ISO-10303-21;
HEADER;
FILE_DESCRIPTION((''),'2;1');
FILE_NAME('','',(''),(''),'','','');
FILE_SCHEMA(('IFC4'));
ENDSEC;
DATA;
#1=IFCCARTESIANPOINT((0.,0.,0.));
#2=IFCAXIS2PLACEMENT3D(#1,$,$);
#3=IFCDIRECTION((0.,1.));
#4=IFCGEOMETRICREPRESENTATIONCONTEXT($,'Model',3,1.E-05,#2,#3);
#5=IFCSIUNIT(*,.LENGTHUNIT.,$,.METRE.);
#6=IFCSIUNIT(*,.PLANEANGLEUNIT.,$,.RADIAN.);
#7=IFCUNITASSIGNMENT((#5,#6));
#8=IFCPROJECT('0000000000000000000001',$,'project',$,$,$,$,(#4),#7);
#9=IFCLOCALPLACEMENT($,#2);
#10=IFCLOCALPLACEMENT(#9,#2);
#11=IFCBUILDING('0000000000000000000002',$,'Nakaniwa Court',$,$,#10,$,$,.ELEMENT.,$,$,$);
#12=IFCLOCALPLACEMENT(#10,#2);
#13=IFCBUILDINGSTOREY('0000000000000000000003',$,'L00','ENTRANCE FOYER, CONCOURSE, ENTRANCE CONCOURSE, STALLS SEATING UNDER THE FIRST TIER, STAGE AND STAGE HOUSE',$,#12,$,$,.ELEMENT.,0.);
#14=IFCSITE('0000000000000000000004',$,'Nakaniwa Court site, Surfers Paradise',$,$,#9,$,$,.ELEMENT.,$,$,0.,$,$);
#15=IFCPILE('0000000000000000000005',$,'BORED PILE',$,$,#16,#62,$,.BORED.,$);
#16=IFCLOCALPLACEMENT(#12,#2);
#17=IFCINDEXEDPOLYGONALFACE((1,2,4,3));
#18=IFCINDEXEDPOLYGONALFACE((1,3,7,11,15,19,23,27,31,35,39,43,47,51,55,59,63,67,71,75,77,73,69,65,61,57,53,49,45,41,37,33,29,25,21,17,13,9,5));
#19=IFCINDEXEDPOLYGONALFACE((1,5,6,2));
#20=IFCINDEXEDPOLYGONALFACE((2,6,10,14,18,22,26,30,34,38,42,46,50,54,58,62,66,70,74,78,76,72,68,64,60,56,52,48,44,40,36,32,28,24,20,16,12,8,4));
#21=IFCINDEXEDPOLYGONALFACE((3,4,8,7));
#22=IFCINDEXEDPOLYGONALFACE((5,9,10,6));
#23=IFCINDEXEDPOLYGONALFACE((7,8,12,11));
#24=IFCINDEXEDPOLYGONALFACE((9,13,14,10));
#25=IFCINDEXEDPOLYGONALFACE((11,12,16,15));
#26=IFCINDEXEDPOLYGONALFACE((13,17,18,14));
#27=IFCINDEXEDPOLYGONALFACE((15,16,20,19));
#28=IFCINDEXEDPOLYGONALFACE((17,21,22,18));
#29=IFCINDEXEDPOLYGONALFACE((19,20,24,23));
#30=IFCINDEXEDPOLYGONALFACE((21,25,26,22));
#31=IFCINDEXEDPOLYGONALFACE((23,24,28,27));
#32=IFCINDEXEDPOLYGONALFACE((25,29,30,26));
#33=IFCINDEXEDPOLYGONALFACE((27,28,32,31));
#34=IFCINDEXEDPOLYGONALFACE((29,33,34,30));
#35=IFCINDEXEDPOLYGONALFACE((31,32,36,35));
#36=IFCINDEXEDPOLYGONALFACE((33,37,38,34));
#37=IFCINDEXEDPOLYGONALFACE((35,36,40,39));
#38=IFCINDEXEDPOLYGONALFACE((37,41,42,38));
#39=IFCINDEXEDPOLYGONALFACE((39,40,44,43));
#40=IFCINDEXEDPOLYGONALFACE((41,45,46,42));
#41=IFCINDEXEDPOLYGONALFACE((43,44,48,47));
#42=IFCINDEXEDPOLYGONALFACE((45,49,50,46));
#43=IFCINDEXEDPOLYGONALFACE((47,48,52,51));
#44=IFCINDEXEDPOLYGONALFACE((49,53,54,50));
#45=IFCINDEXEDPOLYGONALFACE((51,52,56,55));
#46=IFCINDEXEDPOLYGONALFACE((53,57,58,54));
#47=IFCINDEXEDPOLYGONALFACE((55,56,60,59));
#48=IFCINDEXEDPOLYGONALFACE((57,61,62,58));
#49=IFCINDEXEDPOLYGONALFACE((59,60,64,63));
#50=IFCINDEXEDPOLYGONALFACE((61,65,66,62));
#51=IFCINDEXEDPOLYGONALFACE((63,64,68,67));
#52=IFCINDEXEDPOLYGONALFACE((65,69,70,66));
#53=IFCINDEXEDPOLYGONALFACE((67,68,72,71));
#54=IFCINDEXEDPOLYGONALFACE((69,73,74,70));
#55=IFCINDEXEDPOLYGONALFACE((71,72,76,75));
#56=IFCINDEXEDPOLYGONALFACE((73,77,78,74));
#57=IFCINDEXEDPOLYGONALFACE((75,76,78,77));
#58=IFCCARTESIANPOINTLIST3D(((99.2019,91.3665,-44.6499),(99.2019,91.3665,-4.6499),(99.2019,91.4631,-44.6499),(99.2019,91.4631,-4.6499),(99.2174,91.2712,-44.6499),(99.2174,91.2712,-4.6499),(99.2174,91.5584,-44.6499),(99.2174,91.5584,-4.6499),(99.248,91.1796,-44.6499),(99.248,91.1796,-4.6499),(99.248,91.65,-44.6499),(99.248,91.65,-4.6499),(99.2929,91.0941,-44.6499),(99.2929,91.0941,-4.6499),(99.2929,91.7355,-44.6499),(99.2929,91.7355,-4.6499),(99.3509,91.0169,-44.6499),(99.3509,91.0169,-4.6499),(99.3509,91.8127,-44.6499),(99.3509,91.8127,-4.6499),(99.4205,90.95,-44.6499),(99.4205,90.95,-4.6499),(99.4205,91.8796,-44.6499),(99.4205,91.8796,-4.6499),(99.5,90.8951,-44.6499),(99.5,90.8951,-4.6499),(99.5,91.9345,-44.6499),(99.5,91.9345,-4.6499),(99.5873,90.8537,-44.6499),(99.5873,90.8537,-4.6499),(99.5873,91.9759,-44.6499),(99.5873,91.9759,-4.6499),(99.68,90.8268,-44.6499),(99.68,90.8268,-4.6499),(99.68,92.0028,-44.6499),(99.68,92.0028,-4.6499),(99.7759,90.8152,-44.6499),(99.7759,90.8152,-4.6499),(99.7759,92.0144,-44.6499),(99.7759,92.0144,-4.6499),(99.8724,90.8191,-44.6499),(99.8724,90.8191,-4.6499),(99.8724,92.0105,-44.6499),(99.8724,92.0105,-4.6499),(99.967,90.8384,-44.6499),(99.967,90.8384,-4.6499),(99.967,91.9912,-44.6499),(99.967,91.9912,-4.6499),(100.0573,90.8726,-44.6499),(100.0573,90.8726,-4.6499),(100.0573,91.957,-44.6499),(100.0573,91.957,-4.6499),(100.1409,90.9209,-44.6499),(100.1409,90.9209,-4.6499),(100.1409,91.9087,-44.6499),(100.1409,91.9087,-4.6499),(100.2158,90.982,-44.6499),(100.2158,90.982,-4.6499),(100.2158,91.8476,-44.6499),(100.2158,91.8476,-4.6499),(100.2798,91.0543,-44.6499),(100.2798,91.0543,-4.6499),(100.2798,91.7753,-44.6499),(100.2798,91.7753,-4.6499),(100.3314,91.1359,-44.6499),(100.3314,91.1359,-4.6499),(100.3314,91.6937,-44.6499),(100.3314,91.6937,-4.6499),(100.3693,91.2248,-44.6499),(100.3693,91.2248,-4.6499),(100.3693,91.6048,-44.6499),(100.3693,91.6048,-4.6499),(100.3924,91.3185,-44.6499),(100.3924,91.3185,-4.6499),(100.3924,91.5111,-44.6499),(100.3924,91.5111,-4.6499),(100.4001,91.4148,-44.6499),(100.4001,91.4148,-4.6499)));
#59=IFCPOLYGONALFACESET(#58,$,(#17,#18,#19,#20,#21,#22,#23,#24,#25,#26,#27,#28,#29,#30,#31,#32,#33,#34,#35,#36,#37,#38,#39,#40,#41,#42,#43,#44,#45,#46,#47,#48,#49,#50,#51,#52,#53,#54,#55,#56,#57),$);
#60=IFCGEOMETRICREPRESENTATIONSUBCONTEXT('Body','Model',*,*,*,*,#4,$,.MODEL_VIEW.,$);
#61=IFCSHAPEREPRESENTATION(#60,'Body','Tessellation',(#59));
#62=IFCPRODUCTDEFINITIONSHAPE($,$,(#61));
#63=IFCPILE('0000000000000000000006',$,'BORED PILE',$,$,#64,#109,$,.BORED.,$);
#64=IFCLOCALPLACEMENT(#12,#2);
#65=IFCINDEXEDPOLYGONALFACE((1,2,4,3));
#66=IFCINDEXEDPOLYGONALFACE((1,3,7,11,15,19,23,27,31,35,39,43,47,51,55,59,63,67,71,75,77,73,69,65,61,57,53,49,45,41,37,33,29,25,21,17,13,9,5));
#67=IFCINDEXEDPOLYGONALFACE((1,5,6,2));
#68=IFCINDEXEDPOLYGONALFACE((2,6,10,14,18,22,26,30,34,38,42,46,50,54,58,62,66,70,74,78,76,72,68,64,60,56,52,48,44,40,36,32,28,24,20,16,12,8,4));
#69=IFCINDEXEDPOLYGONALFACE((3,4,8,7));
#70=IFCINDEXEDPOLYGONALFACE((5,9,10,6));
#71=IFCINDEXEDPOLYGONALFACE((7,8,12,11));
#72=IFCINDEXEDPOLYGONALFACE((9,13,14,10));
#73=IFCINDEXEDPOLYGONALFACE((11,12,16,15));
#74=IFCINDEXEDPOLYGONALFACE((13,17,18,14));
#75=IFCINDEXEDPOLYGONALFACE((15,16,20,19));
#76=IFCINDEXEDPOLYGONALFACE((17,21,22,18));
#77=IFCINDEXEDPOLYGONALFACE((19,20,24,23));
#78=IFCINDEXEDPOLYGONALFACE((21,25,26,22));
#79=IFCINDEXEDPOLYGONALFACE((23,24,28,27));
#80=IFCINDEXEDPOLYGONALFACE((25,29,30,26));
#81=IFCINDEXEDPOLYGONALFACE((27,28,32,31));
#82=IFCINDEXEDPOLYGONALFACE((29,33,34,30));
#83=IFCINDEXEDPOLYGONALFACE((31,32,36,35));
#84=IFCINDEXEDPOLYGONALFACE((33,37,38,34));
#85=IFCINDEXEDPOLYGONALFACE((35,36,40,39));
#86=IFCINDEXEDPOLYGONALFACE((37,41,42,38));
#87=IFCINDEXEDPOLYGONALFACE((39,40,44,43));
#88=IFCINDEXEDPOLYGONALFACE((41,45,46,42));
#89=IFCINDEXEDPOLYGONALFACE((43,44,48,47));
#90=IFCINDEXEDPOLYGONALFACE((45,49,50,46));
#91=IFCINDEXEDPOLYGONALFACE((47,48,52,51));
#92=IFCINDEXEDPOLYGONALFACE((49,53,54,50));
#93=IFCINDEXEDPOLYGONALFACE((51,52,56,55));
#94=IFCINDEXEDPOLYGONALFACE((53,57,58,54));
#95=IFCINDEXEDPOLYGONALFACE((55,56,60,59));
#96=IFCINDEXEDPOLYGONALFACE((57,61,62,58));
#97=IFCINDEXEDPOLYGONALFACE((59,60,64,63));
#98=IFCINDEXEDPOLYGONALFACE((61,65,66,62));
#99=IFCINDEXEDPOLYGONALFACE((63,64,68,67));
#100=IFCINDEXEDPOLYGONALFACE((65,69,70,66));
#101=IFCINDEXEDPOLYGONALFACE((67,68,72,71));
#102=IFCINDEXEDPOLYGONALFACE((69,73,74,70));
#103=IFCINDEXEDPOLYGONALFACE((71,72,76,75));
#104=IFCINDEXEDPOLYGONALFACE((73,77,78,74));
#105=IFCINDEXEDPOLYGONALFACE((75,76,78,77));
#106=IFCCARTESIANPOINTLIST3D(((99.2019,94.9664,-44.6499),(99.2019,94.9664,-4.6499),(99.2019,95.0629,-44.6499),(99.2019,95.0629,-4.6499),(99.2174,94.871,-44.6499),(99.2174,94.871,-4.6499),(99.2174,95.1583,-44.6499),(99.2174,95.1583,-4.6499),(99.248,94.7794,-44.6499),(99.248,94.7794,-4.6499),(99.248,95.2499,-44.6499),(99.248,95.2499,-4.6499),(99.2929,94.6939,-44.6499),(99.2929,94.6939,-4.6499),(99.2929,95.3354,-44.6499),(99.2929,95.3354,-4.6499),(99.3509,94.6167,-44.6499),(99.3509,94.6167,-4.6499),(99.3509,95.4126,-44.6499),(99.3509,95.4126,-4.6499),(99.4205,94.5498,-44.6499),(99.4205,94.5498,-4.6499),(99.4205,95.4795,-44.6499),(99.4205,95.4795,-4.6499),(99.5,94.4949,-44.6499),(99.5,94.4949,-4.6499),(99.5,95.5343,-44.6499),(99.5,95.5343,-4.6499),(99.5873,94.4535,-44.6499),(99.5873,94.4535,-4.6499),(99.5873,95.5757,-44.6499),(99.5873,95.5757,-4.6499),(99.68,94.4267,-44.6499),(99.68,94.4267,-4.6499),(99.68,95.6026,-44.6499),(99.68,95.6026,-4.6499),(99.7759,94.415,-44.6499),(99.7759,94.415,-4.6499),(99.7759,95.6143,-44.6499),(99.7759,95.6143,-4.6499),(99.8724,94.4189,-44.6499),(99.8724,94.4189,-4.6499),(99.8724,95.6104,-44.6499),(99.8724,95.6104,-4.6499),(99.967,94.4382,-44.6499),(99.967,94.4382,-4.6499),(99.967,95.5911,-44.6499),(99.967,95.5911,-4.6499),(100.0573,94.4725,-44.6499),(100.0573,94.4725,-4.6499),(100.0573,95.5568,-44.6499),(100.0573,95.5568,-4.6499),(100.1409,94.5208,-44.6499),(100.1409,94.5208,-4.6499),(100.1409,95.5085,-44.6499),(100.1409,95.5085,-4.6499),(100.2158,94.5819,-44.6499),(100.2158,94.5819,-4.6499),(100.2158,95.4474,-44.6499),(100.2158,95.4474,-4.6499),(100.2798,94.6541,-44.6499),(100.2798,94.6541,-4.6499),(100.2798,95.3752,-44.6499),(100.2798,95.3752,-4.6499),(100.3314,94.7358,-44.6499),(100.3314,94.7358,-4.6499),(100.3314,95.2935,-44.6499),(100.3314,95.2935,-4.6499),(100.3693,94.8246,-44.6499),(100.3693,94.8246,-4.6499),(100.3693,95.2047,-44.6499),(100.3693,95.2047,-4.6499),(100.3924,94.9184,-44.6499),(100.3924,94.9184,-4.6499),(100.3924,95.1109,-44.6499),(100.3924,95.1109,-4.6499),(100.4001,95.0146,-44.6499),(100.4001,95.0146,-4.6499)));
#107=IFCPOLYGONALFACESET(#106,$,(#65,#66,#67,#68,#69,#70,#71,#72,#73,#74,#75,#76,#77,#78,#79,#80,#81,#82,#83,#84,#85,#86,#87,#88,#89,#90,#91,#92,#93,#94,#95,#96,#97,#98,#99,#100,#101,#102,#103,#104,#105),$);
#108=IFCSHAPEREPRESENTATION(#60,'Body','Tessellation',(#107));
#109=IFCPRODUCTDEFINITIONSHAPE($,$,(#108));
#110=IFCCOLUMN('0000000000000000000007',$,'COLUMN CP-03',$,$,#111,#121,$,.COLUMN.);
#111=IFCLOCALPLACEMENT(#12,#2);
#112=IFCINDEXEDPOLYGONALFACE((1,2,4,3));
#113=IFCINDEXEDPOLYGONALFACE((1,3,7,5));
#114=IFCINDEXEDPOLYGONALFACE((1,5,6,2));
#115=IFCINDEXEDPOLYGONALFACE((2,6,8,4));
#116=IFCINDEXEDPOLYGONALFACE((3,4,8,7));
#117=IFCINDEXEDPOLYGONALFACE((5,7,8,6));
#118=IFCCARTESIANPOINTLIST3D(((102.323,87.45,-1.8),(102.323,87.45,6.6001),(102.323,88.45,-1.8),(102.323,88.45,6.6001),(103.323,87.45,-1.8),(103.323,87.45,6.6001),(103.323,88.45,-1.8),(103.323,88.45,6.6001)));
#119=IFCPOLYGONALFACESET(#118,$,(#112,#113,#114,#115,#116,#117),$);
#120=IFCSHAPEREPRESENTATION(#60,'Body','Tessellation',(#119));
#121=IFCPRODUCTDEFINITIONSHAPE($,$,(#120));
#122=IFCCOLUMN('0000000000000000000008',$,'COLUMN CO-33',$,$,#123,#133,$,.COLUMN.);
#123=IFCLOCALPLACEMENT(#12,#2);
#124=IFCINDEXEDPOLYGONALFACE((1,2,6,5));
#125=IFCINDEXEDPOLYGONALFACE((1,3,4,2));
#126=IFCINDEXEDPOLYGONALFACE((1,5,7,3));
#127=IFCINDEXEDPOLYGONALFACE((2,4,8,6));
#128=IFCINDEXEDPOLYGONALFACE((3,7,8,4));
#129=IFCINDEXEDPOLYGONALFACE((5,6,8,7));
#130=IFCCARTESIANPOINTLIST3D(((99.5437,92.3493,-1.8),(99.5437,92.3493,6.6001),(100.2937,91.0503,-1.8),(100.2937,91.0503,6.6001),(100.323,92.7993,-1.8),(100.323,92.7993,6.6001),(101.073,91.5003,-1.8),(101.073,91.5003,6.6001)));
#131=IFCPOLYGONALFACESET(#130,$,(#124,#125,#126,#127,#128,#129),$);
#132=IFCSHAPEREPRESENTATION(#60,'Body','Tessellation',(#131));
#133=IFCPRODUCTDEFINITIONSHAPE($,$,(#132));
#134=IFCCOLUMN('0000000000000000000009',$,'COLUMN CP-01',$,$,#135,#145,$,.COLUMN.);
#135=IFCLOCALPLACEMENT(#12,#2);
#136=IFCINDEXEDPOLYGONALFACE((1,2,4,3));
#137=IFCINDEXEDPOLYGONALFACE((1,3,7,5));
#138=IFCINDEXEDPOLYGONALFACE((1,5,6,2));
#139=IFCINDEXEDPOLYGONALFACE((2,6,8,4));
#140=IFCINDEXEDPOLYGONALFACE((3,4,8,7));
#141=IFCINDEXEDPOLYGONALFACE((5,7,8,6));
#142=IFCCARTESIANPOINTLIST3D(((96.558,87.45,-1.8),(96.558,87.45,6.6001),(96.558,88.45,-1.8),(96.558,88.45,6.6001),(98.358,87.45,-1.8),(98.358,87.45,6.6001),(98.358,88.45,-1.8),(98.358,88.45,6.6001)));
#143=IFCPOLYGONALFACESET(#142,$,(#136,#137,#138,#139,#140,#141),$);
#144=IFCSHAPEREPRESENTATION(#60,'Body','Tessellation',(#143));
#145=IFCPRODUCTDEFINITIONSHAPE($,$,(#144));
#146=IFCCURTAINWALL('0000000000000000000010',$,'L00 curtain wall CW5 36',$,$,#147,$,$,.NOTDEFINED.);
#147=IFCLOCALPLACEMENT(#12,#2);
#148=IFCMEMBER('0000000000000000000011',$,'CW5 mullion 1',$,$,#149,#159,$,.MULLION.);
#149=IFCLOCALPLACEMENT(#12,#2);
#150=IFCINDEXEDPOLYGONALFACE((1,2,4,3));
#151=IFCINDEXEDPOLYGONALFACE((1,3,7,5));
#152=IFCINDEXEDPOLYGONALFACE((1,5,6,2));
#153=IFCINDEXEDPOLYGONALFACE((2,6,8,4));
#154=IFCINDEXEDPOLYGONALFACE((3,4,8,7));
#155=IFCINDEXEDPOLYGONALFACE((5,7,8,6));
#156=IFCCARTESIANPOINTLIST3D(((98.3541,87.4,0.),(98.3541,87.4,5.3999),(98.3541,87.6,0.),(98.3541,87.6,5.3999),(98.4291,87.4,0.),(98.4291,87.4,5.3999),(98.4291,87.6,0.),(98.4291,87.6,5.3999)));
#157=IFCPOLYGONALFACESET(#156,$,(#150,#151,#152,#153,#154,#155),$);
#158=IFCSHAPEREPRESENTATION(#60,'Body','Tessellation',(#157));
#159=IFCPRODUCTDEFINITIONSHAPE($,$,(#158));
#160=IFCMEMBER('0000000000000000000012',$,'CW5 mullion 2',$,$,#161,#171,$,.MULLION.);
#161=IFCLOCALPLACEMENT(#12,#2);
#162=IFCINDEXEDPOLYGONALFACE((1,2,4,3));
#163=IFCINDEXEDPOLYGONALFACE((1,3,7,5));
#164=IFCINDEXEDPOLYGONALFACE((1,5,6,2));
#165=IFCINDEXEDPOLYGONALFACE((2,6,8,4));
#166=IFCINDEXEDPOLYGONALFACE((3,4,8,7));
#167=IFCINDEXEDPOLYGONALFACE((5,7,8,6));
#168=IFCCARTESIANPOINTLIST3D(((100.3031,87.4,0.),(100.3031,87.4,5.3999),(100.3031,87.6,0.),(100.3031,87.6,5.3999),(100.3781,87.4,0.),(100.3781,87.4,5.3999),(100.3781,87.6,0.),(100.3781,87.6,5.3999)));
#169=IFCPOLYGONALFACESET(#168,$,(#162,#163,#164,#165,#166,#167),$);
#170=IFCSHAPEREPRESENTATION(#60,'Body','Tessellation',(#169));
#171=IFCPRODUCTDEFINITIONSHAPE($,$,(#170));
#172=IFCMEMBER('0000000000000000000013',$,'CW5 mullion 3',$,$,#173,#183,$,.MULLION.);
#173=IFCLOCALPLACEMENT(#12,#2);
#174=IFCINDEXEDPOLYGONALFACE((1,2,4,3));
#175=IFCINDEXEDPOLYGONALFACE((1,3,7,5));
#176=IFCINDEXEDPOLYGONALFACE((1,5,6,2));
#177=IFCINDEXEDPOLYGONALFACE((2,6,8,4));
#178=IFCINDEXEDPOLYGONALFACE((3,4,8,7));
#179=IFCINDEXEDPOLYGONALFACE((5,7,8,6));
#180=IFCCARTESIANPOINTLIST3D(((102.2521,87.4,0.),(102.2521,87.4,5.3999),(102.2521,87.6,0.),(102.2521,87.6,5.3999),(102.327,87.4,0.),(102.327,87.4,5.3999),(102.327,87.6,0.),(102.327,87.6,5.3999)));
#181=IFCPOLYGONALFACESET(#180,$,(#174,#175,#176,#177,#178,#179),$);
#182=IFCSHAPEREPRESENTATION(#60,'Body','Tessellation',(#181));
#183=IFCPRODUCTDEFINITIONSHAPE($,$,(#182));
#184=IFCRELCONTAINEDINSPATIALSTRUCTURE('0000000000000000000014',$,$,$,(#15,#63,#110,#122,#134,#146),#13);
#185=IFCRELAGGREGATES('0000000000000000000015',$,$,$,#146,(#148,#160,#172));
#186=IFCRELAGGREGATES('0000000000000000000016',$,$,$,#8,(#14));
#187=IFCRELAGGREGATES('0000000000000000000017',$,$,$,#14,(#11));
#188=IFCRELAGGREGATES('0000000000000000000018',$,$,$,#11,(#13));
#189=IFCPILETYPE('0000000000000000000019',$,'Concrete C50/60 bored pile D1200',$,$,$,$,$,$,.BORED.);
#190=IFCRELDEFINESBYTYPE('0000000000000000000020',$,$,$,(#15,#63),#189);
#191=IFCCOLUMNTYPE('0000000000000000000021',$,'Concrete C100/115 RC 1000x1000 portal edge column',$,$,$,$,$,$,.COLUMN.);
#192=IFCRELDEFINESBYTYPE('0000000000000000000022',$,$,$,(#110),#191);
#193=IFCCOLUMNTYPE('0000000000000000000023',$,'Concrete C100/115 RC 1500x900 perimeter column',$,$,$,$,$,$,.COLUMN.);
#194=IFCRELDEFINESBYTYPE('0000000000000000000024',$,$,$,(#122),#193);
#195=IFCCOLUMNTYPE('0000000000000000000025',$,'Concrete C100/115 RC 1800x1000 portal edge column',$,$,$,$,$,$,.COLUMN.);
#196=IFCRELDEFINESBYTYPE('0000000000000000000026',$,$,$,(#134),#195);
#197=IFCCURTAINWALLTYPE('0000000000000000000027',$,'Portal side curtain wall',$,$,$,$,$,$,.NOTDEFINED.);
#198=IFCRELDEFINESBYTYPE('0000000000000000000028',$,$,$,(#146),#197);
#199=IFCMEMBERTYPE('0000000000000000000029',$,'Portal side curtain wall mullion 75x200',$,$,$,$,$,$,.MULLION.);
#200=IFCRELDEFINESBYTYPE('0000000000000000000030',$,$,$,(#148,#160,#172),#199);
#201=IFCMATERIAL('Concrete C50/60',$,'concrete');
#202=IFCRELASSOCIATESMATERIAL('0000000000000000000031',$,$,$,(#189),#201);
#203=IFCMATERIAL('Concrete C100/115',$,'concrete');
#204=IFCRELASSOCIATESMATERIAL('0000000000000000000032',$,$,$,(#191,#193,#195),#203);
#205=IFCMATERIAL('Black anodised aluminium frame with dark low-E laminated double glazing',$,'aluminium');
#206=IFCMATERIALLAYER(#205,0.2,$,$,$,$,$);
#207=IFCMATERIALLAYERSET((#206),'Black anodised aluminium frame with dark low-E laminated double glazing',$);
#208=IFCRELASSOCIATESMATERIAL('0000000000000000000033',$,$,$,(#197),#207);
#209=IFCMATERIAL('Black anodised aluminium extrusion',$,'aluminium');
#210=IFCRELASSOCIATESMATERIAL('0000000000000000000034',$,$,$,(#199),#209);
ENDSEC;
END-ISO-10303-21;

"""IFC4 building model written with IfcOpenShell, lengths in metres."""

from ifc_helpers import new_model, si_unit, direction, frame, origin, origin_2d, place, context, subcontext, project, spatial, rectangle, circle, extrude, material, layer, layer_set, material_profile, profile_set, type_object, element, aggregate, save


model = new_model("IFC4")

# Units and contexts
model_context = context("Model", 3, precision=1e-05, world=origin(), true_north=direction((0.0, 1.0)))
body_context = subcontext(model_context, "Body", "Model", "MODEL_VIEW")
ifc_project = project(units=[si_unit("LENGTHUNIT", "METRE"), si_unit("PLANEANGLEUNIT", "RADIAN")], contexts=[model_context])

# Site, building, storey
site_placement = place(None, origin())
site = spatial("IfcSite", under=ifc_project, at=site_placement, Name="Nakaniwa Court site, Surfers Paradise", CompositionType="ELEMENT", RefElevation=0.0)
building_placement = place(site_placement, origin())
building = spatial("IfcBuilding", under=site, at=building_placement, Name="Nakaniwa Court", CompositionType="ELEMENT")
storey_placement = place(building_placement, origin())
storey = spatial("IfcBuildingStorey", under=building, at=storey_placement, Name="L00", Description="ENTRANCE FOYER, CONCOURSE, ENTRANCE CONCOURSE, STALLS SEATING UNDER THE FIRST TIER, STAGE AND STAGE HOUSE", CompositionType="ELEMENT", Elevation=0.0)

# Piles
ifc_material_1 = material(Name="Concrete C50/60", Category="concrete")
ifc_material_profile_1 = material_profile(ifc_material_1, circle(Radius=0.6001, at=origin_2d()), Name="Concrete C50/60 bored pile D1200")
ifc_profile_set_1 = profile_set([ifc_material_profile_1], Name="Concrete C50/60")
pile_type = type_object("IfcPileType", Name="Concrete C50/60 bored pile D1200", PredefinedType="BORED", material=ifc_profile_set_1)
for number, where, z_axis, x_axis, name in (
    (1, (99.8, 91.4148, -4.6499), (0.0, 0.0, -1.0), (1.0, 0.0, 0.0), "BORED PILE"),
    (2, (99.8, 95.0146, -4.6499), (0.0, 0.0, -1.0), (1.0, 0.0, 0.0), "BORED PILE"),
):
    element("IfcPile", number, at=place(storey_placement, frame(where, z_axis=z_axis, x_axis=x_axis)), inside=storey, type_object=pile_type, Name=name, PredefinedType="BORED", context=body_context, shape_type="SweptSolid", body=[
        extrude(circle(Radius=0.6001, at=origin_2d()), origin(), (0.0, 0.0, 1.0), 40.0),
    ])

# Columns
ifc_material_2 = material(Name="Concrete C100/115", Category="concrete")
ifc_material_profile_2 = material_profile(ifc_material_2, rectangle(XDim=1.0, YDim=1.0, at=origin_2d()), Name="Concrete C100/115 RC 1000x1000 portal edge column")
ifc_profile_set_2 = profile_set([ifc_material_profile_2], Name="Concrete C100/115")
column_type_1 = type_object("IfcColumnType", Name="Concrete C100/115 RC 1000x1000 portal edge column", PredefinedType="COLUMN", material=ifc_profile_set_2)
column_1_placement = place(storey_placement, frame((102.823, 87.95, -1.8), z_axis=(0.0, 0.0, 1.0), x_axis=(1.0, 0.0, 0.0)))
element("IfcColumn", 3, at=column_1_placement, inside=storey, type_object=column_type_1, Name="COLUMN CP-03", PredefinedType="COLUMN", context=body_context, shape_type="SweptSolid", body=[
    extrude(rectangle(XDim=1.0, YDim=1.0, at=origin_2d()), origin(), (0.0, 0.0, 1.0), 8.4001),
])
ifc_material_profile_3 = material_profile(ifc_material_2, rectangle(XDim=1.5, YDim=0.8999, at=origin_2d()), Name="Concrete C100/115 RC 1500x900 perimeter column")
ifc_profile_set_3 = profile_set([ifc_material_profile_3], Name="Concrete C100/115")
column_type_2 = type_object("IfcColumnType", Name="Concrete C100/115 RC 1500x900 perimeter column", PredefinedType="COLUMN", material=ifc_profile_set_3)
column_2_placement = place(storey_placement, frame((100.3083, 91.9248, -1.8), z_axis=(0.0, 0.0, 1.0), x_axis=(-0.5, 0.866025, 0.0)))
element("IfcColumn", 4, at=column_2_placement, inside=storey, type_object=column_type_2, Name="COLUMN CO-33", PredefinedType="COLUMN", context=body_context, shape_type="SweptSolid", body=[
    extrude(rectangle(XDim=1.5, YDim=0.8999, at=origin_2d()), origin(), (0.0, 0.0, 1.0), 8.4001),
])
ifc_material_profile_4 = material_profile(ifc_material_2, rectangle(XDim=1.8, YDim=1.0, at=origin_2d()), Name="Concrete C100/115 RC 1800x1000 portal edge column")
ifc_profile_set_4 = profile_set([ifc_material_profile_4], Name="Concrete C100/115")
column_type_3 = type_object("IfcColumnType", Name="Concrete C100/115 RC 1800x1000 portal edge column", PredefinedType="COLUMN", material=ifc_profile_set_4)
column_3_placement = place(storey_placement, frame((97.458, 87.95, -1.8), z_axis=(0.0, 0.0, 1.0), x_axis=(1.0, 0.0, 0.0)))
element("IfcColumn", 5, at=column_3_placement, inside=storey, type_object=column_type_3, Name="COLUMN CP-01", PredefinedType="COLUMN", context=body_context, shape_type="SweptSolid", body=[
    extrude(rectangle(XDim=1.8, YDim=1.0, at=origin_2d()), origin(), (0.0, 0.0, 1.0), 8.4001),
])

# Curtain wall, members
ifc_material_3 = material(Name="Black anodised aluminium frame with dark low-E laminated double glazing", Category="aluminium")
ifc_layer_1 = layer(ifc_material_3, 0.2)
ifc_layer_set_1 = layer_set([ifc_layer_1], Name="Black anodised aluminium frame with dark low-E laminated double glazing")
curtain_wall_type = type_object("IfcCurtainWallType", Name="Portal side curtain wall", PredefinedType="NOTDEFINED", material=ifc_layer_set_1)
curtain_wall_placement = place(storey_placement, origin())
curtain_wall = element("IfcCurtainWall", 6, at=curtain_wall_placement, inside=storey, type_object=curtain_wall_type, Name="L00 curtain wall CW5 36", PredefinedType="NOTDEFINED")
ifc_material_4 = material(Name="Black anodised aluminium extrusion", Category="aluminium")
ifc_material_profile_5 = material_profile(ifc_material_4, rectangle(XDim=0.2, YDim=0.075, at=origin_2d()), Name="Portal side curtain wall mullion 75x200")
ifc_profile_set_5 = profile_set([ifc_material_profile_5], Name="Black anodised aluminium extrusion")
member_type_1 = type_object("IfcMemberType", Name="Portal side curtain wall mullion 75x200", PredefinedType="MULLION", material=ifc_profile_set_5)
member_1_placement = place(storey_placement, frame((98.3916, 87.5, 0.0), z_axis=(0.0, 0.0, 1.0), x_axis=(0.0, 1.0, 0.0)))
member_1 = element("IfcMember", 7, at=member_1_placement, type_object=member_type_1, Name="CW5 mullion 1", PredefinedType="MULLION", context=body_context, shape_type="SweptSolid", body=[
    extrude(rectangle(XDim=0.2, YDim=0.075, at=origin_2d()), origin(), (0.0, 0.0, 1.0), 5.3999),
])
member_2_placement = place(storey_placement, frame((100.3406, 87.5, 0.0), z_axis=(0.0, 0.0, 1.0), x_axis=(0.0, 1.0, 0.0)))
member_2 = element("IfcMember", 8, at=member_2_placement, type_object=member_type_1, Name="CW5 mullion 2", PredefinedType="MULLION", context=body_context, shape_type="SweptSolid", body=[
    extrude(rectangle(XDim=0.2, YDim=0.075, at=origin_2d()), origin(), (0.0, 0.0, 1.0), 5.3999),
])
member_3_placement = place(storey_placement, frame((102.2896, 87.5, 0.0), z_axis=(0.0, 0.0, 1.0), x_axis=(0.0, 1.0, 0.0)))
member_3 = element("IfcMember", 9, at=member_3_placement, type_object=member_type_1, Name="CW5 mullion 3", PredefinedType="MULLION", context=body_context, shape_type="SweptSolid", body=[
    extrude(rectangle(XDim=0.2, YDim=0.075, at=origin_2d()), origin(), (0.0, 0.0, 1.0), 5.3999),
])
aggregate(curtain_wall, [member_1, member_2, member_3])

save(model, "model.ifc")
